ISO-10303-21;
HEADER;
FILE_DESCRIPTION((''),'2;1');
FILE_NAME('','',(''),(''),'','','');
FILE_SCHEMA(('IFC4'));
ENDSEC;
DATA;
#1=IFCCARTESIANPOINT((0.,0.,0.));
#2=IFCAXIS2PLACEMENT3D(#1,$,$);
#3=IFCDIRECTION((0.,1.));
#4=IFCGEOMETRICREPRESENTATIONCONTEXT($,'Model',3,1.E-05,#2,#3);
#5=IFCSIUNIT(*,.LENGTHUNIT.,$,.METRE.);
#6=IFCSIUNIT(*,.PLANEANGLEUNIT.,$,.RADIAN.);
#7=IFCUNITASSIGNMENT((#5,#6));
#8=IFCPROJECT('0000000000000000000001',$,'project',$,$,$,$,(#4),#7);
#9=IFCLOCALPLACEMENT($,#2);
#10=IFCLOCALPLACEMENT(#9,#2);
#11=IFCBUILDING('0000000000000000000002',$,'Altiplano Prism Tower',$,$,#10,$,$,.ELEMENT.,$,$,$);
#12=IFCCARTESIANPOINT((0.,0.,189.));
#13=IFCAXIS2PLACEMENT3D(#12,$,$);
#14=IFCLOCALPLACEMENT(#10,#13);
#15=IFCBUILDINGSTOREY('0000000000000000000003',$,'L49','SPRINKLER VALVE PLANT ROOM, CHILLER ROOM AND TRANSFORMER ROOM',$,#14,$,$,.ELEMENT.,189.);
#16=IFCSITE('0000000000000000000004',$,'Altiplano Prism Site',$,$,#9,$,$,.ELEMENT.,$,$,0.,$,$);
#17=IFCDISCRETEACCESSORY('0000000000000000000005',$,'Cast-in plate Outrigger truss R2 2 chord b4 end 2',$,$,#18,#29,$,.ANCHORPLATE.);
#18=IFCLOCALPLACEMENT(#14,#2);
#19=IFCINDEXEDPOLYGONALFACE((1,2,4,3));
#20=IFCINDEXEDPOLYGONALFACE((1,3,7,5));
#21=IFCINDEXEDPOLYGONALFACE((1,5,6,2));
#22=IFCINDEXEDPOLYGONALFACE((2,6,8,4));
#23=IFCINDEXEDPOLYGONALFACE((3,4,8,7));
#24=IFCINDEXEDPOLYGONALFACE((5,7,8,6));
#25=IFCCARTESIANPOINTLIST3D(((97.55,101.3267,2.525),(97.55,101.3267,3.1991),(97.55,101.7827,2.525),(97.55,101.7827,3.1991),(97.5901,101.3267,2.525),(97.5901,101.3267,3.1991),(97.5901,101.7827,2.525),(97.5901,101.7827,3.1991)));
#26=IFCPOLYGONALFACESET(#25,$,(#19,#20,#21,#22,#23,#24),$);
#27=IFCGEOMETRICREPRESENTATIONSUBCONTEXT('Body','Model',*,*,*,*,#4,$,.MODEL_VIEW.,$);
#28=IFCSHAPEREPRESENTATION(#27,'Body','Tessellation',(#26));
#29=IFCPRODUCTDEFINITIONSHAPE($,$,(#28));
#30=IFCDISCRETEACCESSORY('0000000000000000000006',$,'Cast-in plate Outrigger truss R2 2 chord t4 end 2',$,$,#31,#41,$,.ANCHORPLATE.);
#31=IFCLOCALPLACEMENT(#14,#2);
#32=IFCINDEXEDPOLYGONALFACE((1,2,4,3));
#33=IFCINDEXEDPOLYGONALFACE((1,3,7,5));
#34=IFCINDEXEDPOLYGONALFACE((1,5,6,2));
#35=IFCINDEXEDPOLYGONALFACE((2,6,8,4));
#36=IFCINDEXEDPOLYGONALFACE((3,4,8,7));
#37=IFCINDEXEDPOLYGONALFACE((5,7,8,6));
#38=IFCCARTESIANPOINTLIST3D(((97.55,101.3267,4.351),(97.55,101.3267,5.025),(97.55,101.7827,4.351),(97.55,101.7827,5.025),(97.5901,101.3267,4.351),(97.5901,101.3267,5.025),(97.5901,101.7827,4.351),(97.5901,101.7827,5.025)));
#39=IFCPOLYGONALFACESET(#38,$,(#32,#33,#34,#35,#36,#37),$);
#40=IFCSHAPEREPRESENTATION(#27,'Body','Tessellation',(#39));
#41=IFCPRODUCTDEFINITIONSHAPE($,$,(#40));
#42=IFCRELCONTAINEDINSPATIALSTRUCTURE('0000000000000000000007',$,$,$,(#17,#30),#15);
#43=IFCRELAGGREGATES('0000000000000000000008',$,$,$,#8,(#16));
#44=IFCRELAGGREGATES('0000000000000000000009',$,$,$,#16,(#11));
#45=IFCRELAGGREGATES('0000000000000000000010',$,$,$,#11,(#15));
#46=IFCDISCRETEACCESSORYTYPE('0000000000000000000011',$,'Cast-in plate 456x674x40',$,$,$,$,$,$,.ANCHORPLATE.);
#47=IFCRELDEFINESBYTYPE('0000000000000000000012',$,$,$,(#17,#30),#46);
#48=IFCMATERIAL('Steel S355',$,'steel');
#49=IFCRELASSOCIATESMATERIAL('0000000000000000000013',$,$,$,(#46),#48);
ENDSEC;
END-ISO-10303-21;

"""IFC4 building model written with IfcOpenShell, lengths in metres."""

from ifc_helpers import new_model, si_unit, direction, frame, origin, origin_2d, place, context, subcontext, project, spatial, rectangle, extrude, material, material_profile, profile_set, type_object, element, save


model = new_model("IFC4")

# Units and contexts
model_context = context("Model", 3, precision=1e-05, world=origin(), true_north=direction((0.0, 1.0)))
body_context = subcontext(model_context, "Body", "Model", "MODEL_VIEW")
ifc_project = project(units=[si_unit("LENGTHUNIT", "METRE"), si_unit("PLANEANGLEUNIT", "RADIAN")], contexts=[model_context])

# Site, building, storey
site_placement = place(None, origin())
site = spatial("IfcSite", under=ifc_project, at=site_placement, Name="Altiplano Prism Site", CompositionType="ELEMENT", RefElevation=0.0)
building_placement = place(site_placement, origin())
building = spatial("IfcBuilding", under=site, at=building_placement, Name="Altiplano Prism Tower", CompositionType="ELEMENT")
storey_placement = place(building_placement, frame((0.0, 0.0, 189.0)))
storey = spatial("IfcBuildingStorey", under=building, at=storey_placement, Name="L49", Description="SPRINKLER VALVE PLANT ROOM, CHILLER ROOM AND TRANSFORMER ROOM", CompositionType="ELEMENT", Elevation=189.0)

# Shared definitions
ifc_material_1 = material(Name="Steel S355", Category="steel")

# Discrete accessories
ifc_material_profile_1 = material_profile(ifc_material_1, rectangle(XDim=0.4561, YDim=0.6741, at=origin_2d()), Name="Cast-in plate 456x674x40")
ifc_profile_set_1 = profile_set([ifc_material_profile_1], Name="Steel S355")
discrete_accessory_type_1 = type_object("IfcDiscreteAccessoryType", Name="Cast-in plate 456x674x40", PredefinedType="ANCHORPLATE", material=ifc_profile_set_1)
for number, where, z_axis, x_axis, name in (
    (1, (97.55, 101.5547, 2.8621), (1.0, 0.0, 0.0), (0.0, 1.0, 0.0), "Cast-in plate Outrigger truss R2 2 chord b4 end 2"),
    (2, (97.55, 101.5547, 4.688), (1.0, 0.0, 0.0), (0.0, 1.0, 0.0), "Cast-in plate Outrigger truss R2 2 chord t4 end 2"),
):
    element("IfcDiscreteAccessory", number, at=place(storey_placement, frame(where, z_axis=z_axis, x_axis=x_axis)), inside=storey, type_object=discrete_accessory_type_1, Name=name, PredefinedType="ANCHORPLATE", context=body_context, shape_type="SweptSolid", body=[
        extrude(rectangle(XDim=0.4561, YDim=0.6741, at=origin_2d()), origin(), (0.0, 0.0, 1.0), 0.04),
    ])

save(model, "model.ifc")
